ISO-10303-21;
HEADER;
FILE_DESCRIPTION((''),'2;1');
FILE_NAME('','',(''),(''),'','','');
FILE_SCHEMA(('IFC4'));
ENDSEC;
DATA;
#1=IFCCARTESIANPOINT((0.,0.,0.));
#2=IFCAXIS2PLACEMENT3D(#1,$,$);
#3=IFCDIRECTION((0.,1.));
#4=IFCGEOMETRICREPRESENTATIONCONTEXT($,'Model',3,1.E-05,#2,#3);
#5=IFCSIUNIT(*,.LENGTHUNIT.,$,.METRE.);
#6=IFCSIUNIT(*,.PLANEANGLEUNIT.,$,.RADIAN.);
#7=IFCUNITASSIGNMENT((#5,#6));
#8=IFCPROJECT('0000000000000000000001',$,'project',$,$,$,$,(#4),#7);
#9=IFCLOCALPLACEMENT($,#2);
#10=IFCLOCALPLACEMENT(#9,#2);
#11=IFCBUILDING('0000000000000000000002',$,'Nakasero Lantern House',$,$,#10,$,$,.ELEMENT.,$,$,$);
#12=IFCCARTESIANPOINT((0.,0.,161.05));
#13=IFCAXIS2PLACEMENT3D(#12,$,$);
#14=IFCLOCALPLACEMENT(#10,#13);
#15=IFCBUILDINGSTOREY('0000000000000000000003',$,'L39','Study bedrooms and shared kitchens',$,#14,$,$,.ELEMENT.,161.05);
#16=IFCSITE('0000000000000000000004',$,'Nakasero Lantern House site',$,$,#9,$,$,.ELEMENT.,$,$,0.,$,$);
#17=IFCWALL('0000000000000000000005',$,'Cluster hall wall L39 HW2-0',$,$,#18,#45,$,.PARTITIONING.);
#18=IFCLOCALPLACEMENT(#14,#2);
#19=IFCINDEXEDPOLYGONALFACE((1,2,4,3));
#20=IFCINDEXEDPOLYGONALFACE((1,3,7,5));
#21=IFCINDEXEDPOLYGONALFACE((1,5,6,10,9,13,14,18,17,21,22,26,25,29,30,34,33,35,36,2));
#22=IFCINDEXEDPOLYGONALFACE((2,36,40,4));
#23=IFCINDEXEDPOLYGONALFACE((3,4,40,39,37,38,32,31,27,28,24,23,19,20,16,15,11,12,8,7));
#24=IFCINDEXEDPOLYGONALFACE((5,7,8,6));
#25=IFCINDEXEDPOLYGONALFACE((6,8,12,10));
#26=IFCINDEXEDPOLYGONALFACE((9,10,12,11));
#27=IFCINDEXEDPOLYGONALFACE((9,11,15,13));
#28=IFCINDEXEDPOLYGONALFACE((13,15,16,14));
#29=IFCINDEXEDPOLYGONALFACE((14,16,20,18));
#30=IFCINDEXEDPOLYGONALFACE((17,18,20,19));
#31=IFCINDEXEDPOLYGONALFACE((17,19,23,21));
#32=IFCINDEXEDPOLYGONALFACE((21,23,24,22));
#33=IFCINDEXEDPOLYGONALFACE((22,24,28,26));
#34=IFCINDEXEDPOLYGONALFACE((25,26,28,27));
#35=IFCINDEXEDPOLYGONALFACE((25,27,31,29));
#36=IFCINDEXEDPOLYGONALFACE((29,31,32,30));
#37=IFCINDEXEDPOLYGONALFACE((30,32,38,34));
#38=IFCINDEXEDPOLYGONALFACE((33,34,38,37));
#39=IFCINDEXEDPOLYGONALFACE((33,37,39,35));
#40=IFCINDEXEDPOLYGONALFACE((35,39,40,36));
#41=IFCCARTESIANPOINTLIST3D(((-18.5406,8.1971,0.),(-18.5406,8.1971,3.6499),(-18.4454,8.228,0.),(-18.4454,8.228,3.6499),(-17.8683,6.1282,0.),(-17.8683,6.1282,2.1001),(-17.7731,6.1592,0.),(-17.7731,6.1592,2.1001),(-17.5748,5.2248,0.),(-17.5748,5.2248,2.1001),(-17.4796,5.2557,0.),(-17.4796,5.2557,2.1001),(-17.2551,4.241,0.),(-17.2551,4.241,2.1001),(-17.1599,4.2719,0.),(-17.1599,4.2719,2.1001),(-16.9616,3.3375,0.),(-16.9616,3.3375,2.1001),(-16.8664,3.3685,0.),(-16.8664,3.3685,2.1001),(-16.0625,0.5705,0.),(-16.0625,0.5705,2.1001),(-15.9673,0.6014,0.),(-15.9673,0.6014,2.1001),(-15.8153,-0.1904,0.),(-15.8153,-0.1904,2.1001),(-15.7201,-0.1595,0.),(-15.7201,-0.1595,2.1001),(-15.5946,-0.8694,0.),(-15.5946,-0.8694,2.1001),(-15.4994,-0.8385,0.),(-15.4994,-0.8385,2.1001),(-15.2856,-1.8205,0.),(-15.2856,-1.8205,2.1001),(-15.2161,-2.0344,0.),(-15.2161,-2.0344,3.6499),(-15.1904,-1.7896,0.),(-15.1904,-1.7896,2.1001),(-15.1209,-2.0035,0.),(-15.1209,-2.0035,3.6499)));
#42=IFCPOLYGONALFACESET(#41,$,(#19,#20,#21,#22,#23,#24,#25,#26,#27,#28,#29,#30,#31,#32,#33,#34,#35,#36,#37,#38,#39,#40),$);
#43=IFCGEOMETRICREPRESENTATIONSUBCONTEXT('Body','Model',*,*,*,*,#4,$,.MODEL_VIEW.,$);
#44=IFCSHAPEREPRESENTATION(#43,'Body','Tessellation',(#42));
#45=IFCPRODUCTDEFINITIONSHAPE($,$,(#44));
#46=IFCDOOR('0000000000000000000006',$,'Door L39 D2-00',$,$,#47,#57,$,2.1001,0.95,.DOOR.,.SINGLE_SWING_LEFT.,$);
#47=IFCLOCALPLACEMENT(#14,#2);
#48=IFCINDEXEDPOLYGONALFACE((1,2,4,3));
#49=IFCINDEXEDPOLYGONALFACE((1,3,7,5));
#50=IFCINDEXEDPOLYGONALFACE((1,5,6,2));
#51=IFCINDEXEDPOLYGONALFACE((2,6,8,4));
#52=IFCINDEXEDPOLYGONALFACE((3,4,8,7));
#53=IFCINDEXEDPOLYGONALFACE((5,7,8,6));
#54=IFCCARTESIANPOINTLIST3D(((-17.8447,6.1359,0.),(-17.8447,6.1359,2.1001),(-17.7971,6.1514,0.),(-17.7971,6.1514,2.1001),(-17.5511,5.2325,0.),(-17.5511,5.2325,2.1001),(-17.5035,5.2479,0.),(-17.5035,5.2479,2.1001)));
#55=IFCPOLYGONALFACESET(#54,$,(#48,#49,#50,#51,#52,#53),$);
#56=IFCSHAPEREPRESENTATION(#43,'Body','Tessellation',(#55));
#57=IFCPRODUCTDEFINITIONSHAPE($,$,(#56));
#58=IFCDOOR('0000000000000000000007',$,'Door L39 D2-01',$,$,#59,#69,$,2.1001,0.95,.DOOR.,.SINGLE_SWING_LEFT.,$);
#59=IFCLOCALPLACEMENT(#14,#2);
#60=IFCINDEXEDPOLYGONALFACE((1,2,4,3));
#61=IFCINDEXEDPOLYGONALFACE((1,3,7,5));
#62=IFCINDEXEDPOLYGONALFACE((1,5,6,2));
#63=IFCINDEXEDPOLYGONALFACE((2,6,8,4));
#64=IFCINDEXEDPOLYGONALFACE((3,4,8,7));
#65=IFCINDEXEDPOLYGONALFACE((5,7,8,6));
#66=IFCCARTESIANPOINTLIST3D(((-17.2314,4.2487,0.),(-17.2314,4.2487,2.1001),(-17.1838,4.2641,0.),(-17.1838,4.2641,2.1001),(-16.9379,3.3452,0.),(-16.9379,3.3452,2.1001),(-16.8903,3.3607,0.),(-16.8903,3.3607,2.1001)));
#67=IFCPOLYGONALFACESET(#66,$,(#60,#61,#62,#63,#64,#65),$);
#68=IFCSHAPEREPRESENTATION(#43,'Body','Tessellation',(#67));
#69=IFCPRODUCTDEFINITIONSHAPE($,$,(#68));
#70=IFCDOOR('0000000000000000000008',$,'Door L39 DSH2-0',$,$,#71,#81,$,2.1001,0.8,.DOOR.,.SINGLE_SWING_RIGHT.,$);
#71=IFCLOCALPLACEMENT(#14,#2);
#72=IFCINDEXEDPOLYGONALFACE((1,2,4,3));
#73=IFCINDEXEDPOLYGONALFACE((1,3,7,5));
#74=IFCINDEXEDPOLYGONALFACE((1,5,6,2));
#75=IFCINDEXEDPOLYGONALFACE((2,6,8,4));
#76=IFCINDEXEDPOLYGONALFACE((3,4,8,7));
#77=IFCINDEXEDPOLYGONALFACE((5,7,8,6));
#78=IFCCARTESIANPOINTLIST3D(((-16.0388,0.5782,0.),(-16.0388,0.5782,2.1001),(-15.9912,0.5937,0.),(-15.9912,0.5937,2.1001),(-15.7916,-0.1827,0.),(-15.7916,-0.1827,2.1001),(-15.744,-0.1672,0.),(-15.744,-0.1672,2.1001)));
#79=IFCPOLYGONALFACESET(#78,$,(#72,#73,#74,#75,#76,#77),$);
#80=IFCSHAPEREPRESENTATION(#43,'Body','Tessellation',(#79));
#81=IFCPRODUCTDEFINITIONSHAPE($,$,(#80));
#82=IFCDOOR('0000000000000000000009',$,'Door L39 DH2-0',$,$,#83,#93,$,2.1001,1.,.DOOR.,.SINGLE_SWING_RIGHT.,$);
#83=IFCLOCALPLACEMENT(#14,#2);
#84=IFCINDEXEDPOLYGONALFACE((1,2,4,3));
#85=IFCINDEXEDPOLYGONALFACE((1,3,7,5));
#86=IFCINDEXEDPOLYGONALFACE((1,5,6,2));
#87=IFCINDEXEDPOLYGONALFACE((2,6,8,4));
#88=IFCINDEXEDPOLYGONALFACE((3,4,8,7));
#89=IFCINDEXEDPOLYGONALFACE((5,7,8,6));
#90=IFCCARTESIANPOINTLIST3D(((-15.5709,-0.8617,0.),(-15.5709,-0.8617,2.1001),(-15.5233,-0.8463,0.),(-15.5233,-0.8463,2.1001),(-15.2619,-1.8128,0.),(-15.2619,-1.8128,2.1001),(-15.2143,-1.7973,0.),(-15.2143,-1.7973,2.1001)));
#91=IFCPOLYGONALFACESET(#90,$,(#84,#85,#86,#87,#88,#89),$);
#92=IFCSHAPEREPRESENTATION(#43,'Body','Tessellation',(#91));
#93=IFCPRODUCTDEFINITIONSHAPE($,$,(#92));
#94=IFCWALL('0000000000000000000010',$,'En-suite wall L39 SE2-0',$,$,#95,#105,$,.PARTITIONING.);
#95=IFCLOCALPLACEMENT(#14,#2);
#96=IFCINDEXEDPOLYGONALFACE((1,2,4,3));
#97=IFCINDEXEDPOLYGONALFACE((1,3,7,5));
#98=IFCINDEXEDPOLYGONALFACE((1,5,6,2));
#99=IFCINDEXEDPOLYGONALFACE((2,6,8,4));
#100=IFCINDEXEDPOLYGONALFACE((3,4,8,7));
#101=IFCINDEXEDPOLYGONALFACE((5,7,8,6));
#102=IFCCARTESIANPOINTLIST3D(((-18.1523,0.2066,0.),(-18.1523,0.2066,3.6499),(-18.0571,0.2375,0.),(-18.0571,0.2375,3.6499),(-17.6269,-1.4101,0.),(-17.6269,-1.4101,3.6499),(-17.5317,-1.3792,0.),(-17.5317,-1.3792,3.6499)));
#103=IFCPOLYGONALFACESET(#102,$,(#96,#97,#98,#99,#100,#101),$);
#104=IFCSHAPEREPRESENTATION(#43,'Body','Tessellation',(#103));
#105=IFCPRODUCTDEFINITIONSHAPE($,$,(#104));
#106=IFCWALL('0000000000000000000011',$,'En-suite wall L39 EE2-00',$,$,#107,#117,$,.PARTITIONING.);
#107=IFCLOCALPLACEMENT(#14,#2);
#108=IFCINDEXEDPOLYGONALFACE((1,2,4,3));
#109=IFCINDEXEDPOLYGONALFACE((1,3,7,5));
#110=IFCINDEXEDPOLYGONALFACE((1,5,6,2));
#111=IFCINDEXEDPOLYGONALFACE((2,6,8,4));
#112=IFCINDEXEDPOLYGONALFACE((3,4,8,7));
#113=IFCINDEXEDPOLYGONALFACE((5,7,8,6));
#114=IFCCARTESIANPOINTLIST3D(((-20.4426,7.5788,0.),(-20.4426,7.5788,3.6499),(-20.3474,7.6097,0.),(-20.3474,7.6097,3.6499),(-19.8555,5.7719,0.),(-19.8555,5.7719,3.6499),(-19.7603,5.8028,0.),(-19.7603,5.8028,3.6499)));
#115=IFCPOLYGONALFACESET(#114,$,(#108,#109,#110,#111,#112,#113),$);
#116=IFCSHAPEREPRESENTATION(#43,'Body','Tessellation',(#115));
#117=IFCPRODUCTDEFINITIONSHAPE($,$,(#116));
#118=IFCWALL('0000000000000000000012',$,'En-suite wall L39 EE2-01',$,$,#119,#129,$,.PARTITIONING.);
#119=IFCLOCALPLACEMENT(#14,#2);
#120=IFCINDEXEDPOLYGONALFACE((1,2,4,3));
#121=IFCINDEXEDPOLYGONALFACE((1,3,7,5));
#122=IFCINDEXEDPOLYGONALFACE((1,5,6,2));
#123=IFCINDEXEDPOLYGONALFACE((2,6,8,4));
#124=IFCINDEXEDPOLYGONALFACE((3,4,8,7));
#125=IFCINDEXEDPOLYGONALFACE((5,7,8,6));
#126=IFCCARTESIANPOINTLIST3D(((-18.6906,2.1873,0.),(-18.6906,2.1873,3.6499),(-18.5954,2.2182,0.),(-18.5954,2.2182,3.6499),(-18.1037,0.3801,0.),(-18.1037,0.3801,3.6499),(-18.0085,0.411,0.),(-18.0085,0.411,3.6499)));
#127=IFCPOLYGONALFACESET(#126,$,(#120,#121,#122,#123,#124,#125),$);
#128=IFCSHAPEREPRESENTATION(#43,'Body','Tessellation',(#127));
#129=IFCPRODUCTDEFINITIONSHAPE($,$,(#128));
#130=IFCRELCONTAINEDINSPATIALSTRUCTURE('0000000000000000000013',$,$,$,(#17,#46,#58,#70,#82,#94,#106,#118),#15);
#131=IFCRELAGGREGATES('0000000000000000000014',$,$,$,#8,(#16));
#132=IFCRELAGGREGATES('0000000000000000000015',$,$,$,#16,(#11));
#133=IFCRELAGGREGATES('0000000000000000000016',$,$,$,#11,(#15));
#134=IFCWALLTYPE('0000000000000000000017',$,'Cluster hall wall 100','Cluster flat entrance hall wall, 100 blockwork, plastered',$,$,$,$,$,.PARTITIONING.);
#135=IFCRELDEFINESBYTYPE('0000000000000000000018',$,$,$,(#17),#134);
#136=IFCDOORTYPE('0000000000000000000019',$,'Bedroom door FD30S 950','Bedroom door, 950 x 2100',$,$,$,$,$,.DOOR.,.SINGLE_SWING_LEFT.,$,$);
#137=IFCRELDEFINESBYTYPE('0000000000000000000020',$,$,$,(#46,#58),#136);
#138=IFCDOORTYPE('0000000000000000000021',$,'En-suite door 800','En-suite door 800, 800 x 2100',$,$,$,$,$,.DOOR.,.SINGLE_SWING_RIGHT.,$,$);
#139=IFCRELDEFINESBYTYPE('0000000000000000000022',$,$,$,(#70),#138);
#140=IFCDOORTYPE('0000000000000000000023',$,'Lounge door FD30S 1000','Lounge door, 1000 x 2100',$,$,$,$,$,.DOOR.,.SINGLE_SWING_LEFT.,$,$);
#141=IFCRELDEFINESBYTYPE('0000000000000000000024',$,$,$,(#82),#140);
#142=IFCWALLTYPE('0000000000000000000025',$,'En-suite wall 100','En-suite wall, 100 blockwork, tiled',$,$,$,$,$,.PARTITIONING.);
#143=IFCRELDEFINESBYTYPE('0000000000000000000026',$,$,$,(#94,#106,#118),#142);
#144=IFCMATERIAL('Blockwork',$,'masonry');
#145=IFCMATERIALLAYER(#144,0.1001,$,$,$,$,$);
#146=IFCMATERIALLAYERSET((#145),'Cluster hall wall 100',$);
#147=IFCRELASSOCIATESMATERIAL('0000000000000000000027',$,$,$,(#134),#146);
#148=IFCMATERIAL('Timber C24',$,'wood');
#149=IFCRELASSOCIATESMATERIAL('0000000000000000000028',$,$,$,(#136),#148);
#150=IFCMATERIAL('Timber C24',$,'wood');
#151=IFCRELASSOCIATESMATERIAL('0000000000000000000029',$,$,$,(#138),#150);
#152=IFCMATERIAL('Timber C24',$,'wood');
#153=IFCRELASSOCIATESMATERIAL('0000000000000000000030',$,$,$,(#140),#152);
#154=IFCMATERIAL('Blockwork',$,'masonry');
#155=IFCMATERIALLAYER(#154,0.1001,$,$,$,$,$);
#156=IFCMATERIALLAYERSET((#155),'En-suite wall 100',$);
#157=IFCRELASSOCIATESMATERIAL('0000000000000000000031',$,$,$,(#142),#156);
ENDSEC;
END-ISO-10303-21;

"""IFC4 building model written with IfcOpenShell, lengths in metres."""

from ifc_helpers import new_model, si_unit, direction, frame, frame_2d, origin, place, context, subcontext, project, spatial, rectangle, extrude, material, layer, layer_set, type_object, element, fill, save


model = new_model("IFC4")

# Units and contexts
model_context = context("Model", 3, precision=1e-05, world=origin(), true_north=direction((0.0, 1.0)))
body_context = subcontext(model_context, "Body", "Model", "MODEL_VIEW")
ifc_project = project(units=[si_unit("LENGTHUNIT", "METRE"), si_unit("PLANEANGLEUNIT", "RADIAN")], contexts=[model_context])

# Site, building, storey
site_placement = place(None, origin())
site = spatial("IfcSite", under=ifc_project, at=site_placement, Name="Nakasero Lantern House site", CompositionType="ELEMENT", RefElevation=0.0)
building_placement = place(site_placement, origin())
building = spatial("IfcBuilding", under=site, at=building_placement, Name="Nakasero Lantern House", CompositionType="ELEMENT")
storey_placement = place(building_placement, frame((0.0, 0.0, 161.05)))
storey = spatial("IfcBuildingStorey", under=building, at=storey_placement, Name="L39", Description="Study bedrooms and shared kitchens", CompositionType="ELEMENT", Elevation=161.05)

# Wall, openings, doors
ifc_material_1 = material(Name="Blockwork", Category="masonry")
ifc_layer_1 = layer(ifc_material_1, 0.1001)
ifc_layer_set_1 = layer_set([ifc_layer_1], Name="Cluster hall wall 100")
wall_type_1 = type_object("IfcWallType", Name="Cluster hall wall 100", Description="Cluster flat entrance hall wall, 100 blockwork, plastered", PredefinedType="PARTITIONING", material=ifc_layer_set_1)
wall_1_placement = place(storey_placement, frame((-18.4929, 8.2124, 0.0), z_axis=(0.0, 0.0, 1.0), x_axis=(0.309022, -0.951055, 0.0)))
wall_1 = element("IfcWall", 1, at=wall_1_placement, inside=storey, type_object=wall_type_1, Name="Cluster hall wall L39 HW2-0", PredefinedType="PARTITIONING", context=body_context, shape_type="SweptSolid", body=[
    extrude(rectangle(XDim=10.7581, YDim=0.1001, at=frame_2d((5.3789, 0.0))), origin(), (0.0, 0.0, 1.0), 3.6499),
])
opening_1_placement = place(wall_1_placement, frame((9.533, 0.0, 0.0)))
opening_1 = element("IfcOpeningElement", 2, at=opening_1_placement, cuts=wall_1, PredefinedType="OPENING", context=body_context, shape_type="SweptSolid", body=[
    extrude(rectangle(XDim=1.0, YDim=2.1001, at=frame_2d((0.5, 1.05))), frame((0.0, 0.0701, 0.0), z_axis=(0.0, -1.0, 0.0), x_axis=(1.0, 0.0, 0.0)), (0.0, 0.0, 1.0), 0.1401),
])
opening_2_placement = place(wall_1_placement, frame((8.019, 0.0, 0.0)))
opening_2 = element("IfcOpeningElement", 3, at=opening_2_placement, cuts=wall_1, PredefinedType="OPENING", context=body_context, shape_type="SweptSolid", body=[
    extrude(rectangle(XDim=0.8, YDim=2.1001, at=frame_2d((0.3999, 1.05))), frame((0.0, 0.0701, 0.0), z_axis=(0.0, -1.0, 0.0), x_axis=(1.0, 0.0, 0.0)), (0.0, 0.0, 1.0), 0.1401),
])
opening_3_placement = place(wall_1_placement, frame((2.175, 0.0, 0.0)))
opening_3 = element("IfcOpeningElement", 4, at=opening_3_placement, cuts=wall_1, PredefinedType="OPENING", context=body_context, shape_type="SweptSolid", body=[
    extrude(rectangle(XDim=0.95, YDim=2.1001, at=frame_2d((0.4751, 1.05))), frame((0.0, 0.0701, 0.0), z_axis=(0.0, -1.0, 0.0), x_axis=(1.0, 0.0, 0.0)), (0.0, 0.0, 1.0), 0.1401),
])
opening_4_placement = place(wall_1_placement, frame((4.1594, 0.0, 0.0)))
opening_4 = element("IfcOpeningElement", 5, at=opening_4_placement, cuts=wall_1, PredefinedType="OPENING", context=body_context, shape_type="SweptSolid", body=[
    extrude(rectangle(XDim=0.95, YDim=2.1001, at=frame_2d((0.4751, 1.05))), frame((0.0, 0.0701, 0.0), z_axis=(0.0, -1.0, 0.0), x_axis=(1.0, 0.0, 0.0)), (0.0, 0.0, 1.0), 0.1401),
])
ifc_material_2 = material(Name="Timber C24", Category="wood")
door_type_1 = type_object("IfcDoorType", Name="Bedroom door FD30S 950", Description="Bedroom door, 950 x 2100", OperationType="SINGLE_SWING_LEFT", PredefinedType="DOOR", material=ifc_material_2)
door_1_placement = place(opening_3_placement, origin())
door_1 = element("IfcDoor", 6, at=door_1_placement, inside=storey, type_object=door_type_1, Name="Door L39 D2-00", OperationType="SINGLE_SWING_LEFT", OverallHeight=2.1001, OverallWidth=0.95, PredefinedType="DOOR", context=body_context, shape_type="SweptSolid", body=[
    extrude(rectangle(XDim=0.95, YDim=2.1001, at=frame_2d((0.4751, 1.05))), frame((0.0, 0.0249, 0.0), z_axis=(0.0, -1.0, 0.0), x_axis=(1.0, 0.0, 0.0)), (0.0, 0.0, 1.0), 0.05),
])
fill(opening_3, door_1)
door_2_placement = place(opening_4_placement, origin())
door_2 = element("IfcDoor", 7, at=door_2_placement, inside=storey, type_object=door_type_1, Name="Door L39 D2-01", OperationType="SINGLE_SWING_LEFT", OverallHeight=2.1001, OverallWidth=0.95, PredefinedType="DOOR", context=body_context, shape_type="SweptSolid", body=[
    extrude(rectangle(XDim=0.95, YDim=2.1001, at=frame_2d((0.4751, 1.05))), frame((0.0, 0.0249, 0.0), z_axis=(0.0, -1.0, 0.0), x_axis=(1.0, 0.0, 0.0)), (0.0, 0.0, 1.0), 0.05),
])
fill(opening_4, door_2)
ifc_material_3 = material(Name="Timber C24", Category="wood")
door_type_2 = type_object("IfcDoorType", Name="En-suite door 800", Description="En-suite door 800, 800 x 2100", OperationType="SINGLE_SWING_RIGHT", PredefinedType="DOOR", material=ifc_material_3)
door_3_placement = place(opening_2_placement, origin())
door_3 = element("IfcDoor", 8, at=door_3_placement, inside=storey, type_object=door_type_2, Name="Door L39 DSH2-0", OperationType="SINGLE_SWING_RIGHT", OverallHeight=2.1001, OverallWidth=0.8, PredefinedType="DOOR", context=body_context, shape_type="SweptSolid", body=[
    extrude(rectangle(XDim=0.8, YDim=2.1001, at=frame_2d((0.3999, 1.05))), frame((0.0, 0.0249, 0.0), z_axis=(0.0, -1.0, 0.0), x_axis=(1.0, 0.0, 0.0)), (0.0, 0.0, 1.0), 0.05),
])
fill(opening_2, door_3)
ifc_material_4 = material(Name="Timber C24", Category="wood")
door_type_3 = type_object("IfcDoorType", Name="Lounge door FD30S 1000", Description="Lounge door, 1000 x 2100", OperationType="SINGLE_SWING_LEFT", PredefinedType="DOOR", material=ifc_material_4)
door_4_placement = place(opening_1_placement, origin())
door_4 = element("IfcDoor", 9, at=door_4_placement, inside=storey, type_object=door_type_3, Name="Door L39 DH2-0", OperationType="SINGLE_SWING_RIGHT", OverallHeight=2.1001, OverallWidth=1.0, PredefinedType="DOOR", context=body_context, shape_type="SweptSolid", body=[
    extrude(rectangle(XDim=1.0, YDim=2.1001, at=frame_2d((0.5, 1.05))), frame((0.0, 0.0249, 0.0), z_axis=(0.0, -1.0, 0.0), x_axis=(1.0, 0.0, 0.0)), (0.0, 0.0, 1.0), 0.05),
])
fill(opening_1, door_4)

# Walls
ifc_material_5 = material(Name="Blockwork", Category="masonry")
ifc_layer_2 = layer(ifc_material_5, 0.1001)
ifc_layer_set_2 = layer_set([ifc_layer_2], Name="En-suite wall 100")
wall_type_2 = type_object("IfcWallType", Name="En-suite wall 100", Description="En-suite wall, 100 blockwork, tiled", PredefinedType="PARTITIONING", material=ifc_layer_set_2)
wall_2_placement = place(storey_placement, frame((-18.1047, 0.2222, 0.0), z_axis=(0.0, 0.0, 1.0), x_axis=(0.309067, -0.95104, 0.0)))
element("IfcWall", 10, at=wall_2_placement, inside=storey, type_object=wall_type_2, Name="En-suite wall L39 SE2-0", PredefinedType="PARTITIONING", context=body_context, shape_type="SweptSolid", body=[
    extrude(rectangle(XDim=1.7, YDim=0.1001, at=frame_2d((0.8501, 0.0))), origin(), (0.0, 0.0, 1.0), 3.6499),
])
wall_3_placement = place(storey_placement, frame((-20.395, 7.5942, 0.0), z_axis=(0.0, 0.0, 1.0), x_axis=(0.309048, -0.951046, 0.0)))
element("IfcWall", 11, at=wall_3_placement, inside=storey, type_object=wall_type_2, Name="En-suite wall L39 EE2-00", PredefinedType="PARTITIONING", context=body_context, shape_type="SweptSolid", body=[
    extrude(rectangle(XDim=1.8999, YDim=0.1001, at=frame_2d((0.95, 0.0))), origin(), (0.0, 0.0, 1.0), 3.6499),
])
wall_4_placement = place(storey_placement, frame((-18.6431, 2.2029, 0.0), z_axis=(0.0, 0.0, 1.0), x_axis=(0.308894, -0.951096, 0.0)))
element("IfcWall", 12, at=wall_4_placement, inside=storey, type_object=wall_type_2, Name="En-suite wall L39 EE2-01", PredefinedType="PARTITIONING", context=body_context, shape_type="SweptSolid", body=[
    extrude(rectangle(XDim=1.9001, YDim=0.1001, at=frame_2d((0.9502, 0.0))), origin(), (0.0, 0.0, 1.0), 3.6499),
])

save(model, "model.ifc")
